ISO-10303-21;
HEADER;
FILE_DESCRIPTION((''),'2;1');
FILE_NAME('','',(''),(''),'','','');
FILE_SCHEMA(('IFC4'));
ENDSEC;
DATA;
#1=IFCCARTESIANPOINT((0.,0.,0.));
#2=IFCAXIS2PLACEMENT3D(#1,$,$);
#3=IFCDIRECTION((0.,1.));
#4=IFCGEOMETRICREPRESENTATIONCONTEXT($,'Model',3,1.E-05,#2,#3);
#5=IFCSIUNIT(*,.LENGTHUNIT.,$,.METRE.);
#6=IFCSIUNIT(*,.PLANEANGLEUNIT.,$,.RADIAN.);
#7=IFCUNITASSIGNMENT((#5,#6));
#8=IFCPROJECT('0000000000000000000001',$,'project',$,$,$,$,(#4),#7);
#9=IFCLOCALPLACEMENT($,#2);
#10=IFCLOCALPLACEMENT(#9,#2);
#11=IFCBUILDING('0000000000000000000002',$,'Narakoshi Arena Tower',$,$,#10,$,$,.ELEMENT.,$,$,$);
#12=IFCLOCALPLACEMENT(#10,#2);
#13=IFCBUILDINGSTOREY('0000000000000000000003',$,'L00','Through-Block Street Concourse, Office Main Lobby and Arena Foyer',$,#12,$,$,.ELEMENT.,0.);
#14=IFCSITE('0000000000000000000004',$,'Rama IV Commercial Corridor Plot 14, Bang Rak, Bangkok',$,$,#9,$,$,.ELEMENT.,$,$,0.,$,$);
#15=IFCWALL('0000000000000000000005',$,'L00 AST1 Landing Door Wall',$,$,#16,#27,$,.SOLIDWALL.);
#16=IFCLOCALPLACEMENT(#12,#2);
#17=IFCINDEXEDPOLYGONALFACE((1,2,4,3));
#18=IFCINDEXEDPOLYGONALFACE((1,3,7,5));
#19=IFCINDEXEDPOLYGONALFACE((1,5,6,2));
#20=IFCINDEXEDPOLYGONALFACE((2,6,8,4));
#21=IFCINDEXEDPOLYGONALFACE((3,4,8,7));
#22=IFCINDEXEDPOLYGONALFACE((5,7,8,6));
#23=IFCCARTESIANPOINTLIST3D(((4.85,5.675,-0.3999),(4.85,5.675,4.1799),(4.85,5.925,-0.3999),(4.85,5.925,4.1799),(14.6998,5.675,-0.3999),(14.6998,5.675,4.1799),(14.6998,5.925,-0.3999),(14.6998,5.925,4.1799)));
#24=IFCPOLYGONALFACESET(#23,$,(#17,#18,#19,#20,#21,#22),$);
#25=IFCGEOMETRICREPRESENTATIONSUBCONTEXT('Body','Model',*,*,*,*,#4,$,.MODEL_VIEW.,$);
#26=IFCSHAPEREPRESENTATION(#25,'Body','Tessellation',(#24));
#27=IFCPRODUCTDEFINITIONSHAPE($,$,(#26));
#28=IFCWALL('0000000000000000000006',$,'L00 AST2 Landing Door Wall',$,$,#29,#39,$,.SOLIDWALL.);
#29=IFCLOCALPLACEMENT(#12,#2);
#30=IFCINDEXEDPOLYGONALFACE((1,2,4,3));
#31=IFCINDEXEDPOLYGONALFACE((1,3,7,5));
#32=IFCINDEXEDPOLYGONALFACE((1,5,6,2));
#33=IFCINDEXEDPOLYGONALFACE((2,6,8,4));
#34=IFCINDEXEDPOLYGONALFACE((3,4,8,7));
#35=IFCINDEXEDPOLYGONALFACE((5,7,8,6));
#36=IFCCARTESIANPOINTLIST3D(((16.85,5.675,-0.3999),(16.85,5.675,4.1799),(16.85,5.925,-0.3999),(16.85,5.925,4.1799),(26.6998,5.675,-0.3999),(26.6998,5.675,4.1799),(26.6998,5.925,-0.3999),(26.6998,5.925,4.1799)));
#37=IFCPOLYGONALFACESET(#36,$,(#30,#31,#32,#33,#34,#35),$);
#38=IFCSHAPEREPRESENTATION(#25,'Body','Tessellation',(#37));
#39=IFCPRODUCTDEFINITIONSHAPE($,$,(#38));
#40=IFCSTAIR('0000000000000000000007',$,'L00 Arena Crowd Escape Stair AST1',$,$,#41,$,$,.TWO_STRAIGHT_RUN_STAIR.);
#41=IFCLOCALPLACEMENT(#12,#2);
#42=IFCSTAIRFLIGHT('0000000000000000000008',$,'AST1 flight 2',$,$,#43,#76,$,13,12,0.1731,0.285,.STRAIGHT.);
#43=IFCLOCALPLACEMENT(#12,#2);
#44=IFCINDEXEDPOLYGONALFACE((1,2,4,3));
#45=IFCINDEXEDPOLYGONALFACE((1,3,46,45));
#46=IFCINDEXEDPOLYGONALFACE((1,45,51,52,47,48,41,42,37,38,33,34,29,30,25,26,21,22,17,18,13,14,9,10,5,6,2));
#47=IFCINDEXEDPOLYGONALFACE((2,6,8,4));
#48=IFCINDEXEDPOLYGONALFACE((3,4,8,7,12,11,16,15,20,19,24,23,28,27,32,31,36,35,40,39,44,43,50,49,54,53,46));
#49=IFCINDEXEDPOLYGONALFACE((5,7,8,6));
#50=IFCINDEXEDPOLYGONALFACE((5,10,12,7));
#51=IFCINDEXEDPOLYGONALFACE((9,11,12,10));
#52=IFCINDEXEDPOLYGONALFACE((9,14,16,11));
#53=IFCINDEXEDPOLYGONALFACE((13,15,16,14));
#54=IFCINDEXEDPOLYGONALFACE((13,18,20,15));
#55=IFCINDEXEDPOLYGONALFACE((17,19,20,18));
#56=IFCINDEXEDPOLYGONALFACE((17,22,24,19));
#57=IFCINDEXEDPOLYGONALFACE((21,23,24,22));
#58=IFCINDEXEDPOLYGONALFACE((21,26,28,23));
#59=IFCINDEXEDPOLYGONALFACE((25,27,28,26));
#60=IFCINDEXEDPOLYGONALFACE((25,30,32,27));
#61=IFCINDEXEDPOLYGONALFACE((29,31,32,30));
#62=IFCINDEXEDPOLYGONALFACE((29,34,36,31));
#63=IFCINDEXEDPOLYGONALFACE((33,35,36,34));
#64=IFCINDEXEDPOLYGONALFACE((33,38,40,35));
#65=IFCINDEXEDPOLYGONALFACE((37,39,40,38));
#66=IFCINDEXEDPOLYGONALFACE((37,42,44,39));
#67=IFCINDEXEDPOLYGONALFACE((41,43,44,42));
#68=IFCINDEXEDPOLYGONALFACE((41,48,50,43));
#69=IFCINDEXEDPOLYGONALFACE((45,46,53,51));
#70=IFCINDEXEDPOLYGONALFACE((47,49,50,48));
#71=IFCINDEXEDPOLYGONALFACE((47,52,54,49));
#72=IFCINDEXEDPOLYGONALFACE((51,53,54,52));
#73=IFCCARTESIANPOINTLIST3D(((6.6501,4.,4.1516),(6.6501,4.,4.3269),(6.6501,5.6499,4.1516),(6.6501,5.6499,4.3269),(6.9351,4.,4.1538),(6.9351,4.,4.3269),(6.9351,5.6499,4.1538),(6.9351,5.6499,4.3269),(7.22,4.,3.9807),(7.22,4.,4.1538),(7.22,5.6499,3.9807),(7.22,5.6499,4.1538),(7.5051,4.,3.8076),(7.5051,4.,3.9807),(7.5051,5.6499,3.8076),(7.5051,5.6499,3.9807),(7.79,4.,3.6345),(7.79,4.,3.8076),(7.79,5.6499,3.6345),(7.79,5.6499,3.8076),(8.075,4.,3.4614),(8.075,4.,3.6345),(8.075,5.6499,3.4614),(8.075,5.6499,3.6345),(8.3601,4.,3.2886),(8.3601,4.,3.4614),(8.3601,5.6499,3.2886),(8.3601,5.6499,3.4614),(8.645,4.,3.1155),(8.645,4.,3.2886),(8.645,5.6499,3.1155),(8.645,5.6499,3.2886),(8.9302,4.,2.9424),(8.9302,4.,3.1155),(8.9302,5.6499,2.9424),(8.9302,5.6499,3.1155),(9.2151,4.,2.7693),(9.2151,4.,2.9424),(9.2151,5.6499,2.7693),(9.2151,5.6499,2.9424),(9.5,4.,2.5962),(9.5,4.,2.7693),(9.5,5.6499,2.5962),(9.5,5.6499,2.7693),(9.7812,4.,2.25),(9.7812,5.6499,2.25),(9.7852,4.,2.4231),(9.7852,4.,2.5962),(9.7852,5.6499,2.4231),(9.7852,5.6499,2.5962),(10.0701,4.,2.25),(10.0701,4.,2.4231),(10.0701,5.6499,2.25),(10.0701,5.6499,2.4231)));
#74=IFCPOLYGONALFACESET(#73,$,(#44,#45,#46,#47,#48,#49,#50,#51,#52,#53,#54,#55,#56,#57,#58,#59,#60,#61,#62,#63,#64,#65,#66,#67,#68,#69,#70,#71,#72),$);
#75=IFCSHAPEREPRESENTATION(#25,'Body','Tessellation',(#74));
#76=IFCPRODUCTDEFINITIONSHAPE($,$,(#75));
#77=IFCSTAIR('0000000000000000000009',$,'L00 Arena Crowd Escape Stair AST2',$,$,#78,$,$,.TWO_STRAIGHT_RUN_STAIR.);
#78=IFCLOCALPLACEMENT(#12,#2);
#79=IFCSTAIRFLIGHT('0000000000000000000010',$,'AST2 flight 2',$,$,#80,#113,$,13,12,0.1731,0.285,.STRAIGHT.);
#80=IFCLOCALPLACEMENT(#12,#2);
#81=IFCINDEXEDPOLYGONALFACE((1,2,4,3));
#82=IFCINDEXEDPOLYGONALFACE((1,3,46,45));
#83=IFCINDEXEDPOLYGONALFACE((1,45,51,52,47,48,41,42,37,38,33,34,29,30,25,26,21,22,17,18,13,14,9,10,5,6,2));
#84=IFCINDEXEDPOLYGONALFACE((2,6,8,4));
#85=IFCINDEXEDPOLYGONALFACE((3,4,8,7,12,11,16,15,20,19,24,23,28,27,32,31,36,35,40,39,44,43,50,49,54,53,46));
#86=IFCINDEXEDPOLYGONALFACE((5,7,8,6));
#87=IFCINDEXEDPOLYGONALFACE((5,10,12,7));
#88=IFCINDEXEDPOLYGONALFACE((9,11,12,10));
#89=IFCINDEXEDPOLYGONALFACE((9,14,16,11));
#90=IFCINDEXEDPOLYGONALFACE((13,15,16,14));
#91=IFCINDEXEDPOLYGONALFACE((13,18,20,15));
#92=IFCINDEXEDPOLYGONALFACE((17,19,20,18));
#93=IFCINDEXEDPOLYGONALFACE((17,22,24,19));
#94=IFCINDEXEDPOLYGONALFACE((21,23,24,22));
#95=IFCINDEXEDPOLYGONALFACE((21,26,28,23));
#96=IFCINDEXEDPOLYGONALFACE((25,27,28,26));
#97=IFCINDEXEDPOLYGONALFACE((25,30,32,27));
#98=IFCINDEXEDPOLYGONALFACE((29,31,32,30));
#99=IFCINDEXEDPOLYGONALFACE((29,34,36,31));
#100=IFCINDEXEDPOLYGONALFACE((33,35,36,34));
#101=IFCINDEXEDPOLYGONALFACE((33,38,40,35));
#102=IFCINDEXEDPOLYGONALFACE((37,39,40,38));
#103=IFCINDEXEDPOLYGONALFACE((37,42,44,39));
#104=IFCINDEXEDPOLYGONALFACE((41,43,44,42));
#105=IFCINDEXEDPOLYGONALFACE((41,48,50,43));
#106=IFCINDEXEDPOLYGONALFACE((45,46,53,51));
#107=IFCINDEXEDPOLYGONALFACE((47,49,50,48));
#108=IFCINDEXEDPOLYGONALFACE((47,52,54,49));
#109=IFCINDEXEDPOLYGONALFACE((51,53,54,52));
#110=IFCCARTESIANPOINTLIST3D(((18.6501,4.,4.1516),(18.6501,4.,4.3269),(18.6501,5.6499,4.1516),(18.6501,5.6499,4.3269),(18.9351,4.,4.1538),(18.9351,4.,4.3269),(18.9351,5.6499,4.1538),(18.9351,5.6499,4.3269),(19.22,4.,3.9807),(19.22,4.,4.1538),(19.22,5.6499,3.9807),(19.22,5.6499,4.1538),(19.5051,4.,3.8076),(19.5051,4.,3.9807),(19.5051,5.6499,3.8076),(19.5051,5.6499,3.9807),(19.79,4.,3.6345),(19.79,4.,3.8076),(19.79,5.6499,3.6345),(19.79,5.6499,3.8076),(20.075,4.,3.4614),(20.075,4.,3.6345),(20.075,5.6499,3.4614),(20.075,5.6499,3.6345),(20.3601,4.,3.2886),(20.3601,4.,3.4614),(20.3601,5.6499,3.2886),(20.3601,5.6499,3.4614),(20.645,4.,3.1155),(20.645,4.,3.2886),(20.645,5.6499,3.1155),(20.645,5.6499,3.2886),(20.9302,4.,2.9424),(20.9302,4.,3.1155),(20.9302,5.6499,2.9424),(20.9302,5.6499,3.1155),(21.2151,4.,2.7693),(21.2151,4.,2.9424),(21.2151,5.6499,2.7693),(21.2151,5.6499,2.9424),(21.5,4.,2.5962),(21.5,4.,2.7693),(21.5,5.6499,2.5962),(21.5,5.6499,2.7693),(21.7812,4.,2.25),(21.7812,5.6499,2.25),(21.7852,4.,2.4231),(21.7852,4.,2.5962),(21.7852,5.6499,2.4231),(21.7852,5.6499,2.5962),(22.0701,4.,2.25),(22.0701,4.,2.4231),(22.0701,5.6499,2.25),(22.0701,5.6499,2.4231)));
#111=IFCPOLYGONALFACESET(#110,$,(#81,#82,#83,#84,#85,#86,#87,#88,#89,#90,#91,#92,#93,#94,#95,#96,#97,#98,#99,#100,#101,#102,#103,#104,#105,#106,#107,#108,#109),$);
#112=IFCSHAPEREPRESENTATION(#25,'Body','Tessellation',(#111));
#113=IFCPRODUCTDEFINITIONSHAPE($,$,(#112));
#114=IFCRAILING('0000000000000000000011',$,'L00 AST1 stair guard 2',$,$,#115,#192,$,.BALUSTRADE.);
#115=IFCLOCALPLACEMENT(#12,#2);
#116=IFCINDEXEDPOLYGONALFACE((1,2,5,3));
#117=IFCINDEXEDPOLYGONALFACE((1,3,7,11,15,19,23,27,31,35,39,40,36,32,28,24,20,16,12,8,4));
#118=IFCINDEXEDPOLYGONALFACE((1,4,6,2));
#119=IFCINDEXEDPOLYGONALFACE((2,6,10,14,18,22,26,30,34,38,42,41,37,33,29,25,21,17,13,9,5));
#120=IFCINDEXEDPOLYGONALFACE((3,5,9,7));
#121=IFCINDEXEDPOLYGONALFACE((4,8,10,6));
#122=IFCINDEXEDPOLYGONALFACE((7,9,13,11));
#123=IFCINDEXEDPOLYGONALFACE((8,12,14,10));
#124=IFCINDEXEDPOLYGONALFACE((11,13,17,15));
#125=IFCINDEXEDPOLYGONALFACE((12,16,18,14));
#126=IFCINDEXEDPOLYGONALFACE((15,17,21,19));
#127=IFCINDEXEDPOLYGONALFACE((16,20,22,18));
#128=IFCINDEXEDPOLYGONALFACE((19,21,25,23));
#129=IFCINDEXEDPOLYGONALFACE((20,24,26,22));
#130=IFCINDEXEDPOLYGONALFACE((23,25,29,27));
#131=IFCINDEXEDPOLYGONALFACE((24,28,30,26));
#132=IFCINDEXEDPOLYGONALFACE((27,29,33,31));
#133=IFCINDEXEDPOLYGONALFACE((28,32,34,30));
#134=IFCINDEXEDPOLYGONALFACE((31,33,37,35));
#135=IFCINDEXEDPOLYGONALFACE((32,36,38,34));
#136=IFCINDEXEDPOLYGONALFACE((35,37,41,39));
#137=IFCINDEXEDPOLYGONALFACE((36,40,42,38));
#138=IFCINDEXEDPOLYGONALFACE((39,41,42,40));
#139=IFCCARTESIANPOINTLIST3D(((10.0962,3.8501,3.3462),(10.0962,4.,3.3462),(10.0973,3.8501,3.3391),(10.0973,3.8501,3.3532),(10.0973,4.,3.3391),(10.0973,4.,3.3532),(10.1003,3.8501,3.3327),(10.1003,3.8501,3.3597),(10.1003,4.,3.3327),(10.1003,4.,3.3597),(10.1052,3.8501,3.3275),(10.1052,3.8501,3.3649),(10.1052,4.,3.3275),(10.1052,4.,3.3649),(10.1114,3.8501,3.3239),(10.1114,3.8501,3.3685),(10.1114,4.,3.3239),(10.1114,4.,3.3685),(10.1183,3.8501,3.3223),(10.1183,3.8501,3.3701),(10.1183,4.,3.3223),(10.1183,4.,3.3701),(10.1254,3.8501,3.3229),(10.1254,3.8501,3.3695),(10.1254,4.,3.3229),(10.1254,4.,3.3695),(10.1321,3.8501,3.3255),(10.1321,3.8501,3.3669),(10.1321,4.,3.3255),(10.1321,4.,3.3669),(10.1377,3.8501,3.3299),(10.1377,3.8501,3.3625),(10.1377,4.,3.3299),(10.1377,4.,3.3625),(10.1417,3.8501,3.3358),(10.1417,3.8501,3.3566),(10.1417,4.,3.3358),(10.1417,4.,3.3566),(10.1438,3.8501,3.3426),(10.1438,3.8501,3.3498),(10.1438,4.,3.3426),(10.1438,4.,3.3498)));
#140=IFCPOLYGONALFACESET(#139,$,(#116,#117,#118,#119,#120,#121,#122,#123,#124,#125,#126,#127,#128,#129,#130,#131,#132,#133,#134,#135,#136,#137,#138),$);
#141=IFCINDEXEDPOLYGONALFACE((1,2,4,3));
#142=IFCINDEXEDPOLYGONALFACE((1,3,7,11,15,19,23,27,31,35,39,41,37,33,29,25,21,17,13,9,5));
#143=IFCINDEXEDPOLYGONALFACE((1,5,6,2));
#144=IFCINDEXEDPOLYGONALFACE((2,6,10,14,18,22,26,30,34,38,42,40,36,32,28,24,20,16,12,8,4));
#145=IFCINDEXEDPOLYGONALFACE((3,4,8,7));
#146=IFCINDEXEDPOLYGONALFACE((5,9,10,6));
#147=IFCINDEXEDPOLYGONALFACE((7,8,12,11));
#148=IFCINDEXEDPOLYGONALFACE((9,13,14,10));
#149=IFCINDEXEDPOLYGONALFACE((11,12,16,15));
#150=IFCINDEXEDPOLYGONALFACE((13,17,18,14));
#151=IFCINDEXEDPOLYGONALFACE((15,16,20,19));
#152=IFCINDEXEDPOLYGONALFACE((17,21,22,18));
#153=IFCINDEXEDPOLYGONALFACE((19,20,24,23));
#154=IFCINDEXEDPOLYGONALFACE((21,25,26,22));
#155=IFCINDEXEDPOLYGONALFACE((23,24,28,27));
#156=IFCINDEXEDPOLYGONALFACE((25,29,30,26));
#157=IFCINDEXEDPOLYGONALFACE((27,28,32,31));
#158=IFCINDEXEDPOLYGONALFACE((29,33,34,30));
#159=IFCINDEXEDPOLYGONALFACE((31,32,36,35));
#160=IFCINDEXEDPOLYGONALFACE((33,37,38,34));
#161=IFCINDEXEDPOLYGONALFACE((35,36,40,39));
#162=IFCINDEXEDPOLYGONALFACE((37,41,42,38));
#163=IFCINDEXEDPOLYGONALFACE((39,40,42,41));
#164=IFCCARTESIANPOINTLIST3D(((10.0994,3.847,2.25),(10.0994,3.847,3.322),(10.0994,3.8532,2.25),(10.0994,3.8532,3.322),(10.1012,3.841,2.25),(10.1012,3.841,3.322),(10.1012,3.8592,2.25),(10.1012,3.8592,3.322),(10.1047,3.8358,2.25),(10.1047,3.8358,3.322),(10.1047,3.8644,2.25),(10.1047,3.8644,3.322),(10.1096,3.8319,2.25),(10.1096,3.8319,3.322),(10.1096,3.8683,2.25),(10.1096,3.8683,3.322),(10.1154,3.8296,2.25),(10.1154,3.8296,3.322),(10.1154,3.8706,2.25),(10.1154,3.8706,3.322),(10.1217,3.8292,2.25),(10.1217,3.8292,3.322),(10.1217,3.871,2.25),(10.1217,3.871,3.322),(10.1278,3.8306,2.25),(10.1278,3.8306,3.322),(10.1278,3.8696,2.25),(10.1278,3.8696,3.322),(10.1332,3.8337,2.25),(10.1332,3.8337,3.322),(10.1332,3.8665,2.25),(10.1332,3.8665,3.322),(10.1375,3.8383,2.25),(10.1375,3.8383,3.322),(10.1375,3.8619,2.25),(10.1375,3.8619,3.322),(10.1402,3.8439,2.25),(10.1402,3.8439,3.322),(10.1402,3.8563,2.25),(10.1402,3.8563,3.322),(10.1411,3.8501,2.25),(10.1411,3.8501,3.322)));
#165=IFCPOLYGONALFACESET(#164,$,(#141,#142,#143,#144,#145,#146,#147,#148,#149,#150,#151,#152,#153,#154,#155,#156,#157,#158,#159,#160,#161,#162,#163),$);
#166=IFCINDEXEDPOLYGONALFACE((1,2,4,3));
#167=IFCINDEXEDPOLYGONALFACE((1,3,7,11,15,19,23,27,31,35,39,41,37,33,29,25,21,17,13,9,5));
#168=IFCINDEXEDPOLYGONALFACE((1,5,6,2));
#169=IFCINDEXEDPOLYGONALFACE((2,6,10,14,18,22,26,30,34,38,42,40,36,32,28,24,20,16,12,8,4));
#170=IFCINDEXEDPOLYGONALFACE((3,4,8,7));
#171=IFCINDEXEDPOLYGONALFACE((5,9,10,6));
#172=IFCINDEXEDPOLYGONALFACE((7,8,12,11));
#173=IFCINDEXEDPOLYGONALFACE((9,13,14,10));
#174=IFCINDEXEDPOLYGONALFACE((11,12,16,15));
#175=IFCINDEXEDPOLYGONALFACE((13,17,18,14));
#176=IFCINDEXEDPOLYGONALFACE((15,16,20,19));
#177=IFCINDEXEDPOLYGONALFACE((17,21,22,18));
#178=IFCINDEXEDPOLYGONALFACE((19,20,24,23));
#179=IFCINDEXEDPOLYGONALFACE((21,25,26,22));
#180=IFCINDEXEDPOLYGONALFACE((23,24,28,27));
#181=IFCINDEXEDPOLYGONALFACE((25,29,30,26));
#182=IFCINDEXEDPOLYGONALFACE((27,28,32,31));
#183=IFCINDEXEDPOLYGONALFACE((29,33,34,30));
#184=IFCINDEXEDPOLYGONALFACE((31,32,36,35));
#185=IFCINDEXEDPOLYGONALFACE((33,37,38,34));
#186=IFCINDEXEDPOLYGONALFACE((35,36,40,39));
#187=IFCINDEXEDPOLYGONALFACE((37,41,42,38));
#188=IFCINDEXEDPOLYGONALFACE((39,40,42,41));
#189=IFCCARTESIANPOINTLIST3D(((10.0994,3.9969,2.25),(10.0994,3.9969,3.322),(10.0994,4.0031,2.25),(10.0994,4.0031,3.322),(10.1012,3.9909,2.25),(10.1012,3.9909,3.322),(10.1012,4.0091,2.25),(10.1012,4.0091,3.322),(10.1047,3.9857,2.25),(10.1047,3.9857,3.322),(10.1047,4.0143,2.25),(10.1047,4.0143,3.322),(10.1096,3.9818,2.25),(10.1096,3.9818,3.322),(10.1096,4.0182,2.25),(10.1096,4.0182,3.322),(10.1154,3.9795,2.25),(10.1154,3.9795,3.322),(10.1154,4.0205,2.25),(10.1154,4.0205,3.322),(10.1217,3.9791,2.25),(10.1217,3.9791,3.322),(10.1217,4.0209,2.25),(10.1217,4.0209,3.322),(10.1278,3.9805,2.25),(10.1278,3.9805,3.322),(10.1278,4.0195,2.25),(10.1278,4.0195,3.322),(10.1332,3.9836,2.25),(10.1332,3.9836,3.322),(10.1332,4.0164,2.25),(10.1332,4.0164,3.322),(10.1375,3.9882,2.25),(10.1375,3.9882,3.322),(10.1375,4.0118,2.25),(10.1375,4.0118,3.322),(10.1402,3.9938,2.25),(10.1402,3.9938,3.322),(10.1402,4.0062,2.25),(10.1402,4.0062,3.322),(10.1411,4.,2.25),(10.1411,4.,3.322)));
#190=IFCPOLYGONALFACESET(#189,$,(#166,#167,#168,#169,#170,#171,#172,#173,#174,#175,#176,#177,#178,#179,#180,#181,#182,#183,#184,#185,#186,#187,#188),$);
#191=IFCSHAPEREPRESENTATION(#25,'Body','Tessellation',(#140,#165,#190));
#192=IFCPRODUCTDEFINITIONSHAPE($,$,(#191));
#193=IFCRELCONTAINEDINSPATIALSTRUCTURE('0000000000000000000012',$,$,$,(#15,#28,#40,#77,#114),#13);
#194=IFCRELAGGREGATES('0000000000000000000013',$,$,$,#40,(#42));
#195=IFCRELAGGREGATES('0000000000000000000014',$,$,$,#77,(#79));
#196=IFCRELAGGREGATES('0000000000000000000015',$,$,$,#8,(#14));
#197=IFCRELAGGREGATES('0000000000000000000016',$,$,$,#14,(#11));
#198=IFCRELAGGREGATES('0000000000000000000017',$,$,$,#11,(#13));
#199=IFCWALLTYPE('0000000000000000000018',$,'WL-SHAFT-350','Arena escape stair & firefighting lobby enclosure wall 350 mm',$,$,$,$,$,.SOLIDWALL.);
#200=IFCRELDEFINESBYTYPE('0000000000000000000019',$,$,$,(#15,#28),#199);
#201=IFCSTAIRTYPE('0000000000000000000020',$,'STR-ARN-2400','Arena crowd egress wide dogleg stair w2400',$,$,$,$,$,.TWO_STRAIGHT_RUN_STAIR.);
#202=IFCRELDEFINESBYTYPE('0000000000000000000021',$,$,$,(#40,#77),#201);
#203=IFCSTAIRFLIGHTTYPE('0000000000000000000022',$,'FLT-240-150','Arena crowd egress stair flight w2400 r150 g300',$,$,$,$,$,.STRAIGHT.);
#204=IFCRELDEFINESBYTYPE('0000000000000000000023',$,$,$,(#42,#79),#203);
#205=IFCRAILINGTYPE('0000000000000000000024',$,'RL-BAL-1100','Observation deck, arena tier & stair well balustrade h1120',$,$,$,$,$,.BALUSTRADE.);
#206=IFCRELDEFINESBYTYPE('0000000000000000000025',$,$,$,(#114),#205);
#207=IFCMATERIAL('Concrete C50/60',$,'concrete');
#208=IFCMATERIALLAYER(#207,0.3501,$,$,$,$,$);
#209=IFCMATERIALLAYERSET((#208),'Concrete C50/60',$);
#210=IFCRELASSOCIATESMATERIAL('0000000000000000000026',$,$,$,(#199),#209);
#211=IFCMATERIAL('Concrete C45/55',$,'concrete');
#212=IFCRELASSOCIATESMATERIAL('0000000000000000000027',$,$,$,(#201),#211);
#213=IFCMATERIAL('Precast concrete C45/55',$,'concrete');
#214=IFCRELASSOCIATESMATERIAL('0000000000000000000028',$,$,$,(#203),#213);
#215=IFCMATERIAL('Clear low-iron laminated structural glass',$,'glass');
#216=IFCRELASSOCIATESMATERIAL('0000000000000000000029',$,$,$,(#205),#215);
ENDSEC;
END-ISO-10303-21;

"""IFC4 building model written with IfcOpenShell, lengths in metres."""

from ifc_helpers import new_model, si_unit, direction, frame, frame_2d, origin, origin_2d, place, context, subcontext, project, spatial, polyline, rectangle, circle, outline, extrude, material, layer, layer_set, type_object, element, aggregate, save


model = new_model("IFC4")

# Units and contexts
model_context = context("Model", 3, precision=1e-05, world=origin(), true_north=direction((0.0, 1.0)))
body_context = subcontext(model_context, "Body", "Model", "MODEL_VIEW")
ifc_project = project(units=[si_unit("LENGTHUNIT", "METRE"), si_unit("PLANEANGLEUNIT", "RADIAN")], contexts=[model_context])

# Site, building, storey
site_placement = place(None, origin())
site = spatial("IfcSite", under=ifc_project, at=site_placement, Name="Rama IV Commercial Corridor Plot 14, Bang Rak, Bangkok", CompositionType="ELEMENT", RefElevation=0.0)
building_placement = place(site_placement, origin())
building = spatial("IfcBuilding", under=site, at=building_placement, Name="Narakoshi Arena Tower", CompositionType="ELEMENT")
storey_placement = place(building_placement, origin())
storey = spatial("IfcBuildingStorey", under=building, at=storey_placement, Name="L00", Description="Through-Block Street Concourse, Office Main Lobby and Arena Foyer", CompositionType="ELEMENT", Elevation=0.0)

# Walls
ifc_material_1 = material(Name="Concrete C50/60", Category="concrete")
ifc_layer = layer(ifc_material_1, 0.3501)
ifc_layer_set = layer_set([ifc_layer], Name="Concrete C50/60")
wall_type = type_object("IfcWallType", Name="WL-SHAFT-350", Description="Arena escape stair & firefighting lobby enclosure wall 350 mm", PredefinedType="SOLIDWALL", material=ifc_layer_set)
for number, where, z_axis, x_axis, name in (
    (1, (4.8501, 5.8, -0.3999), (0.0, 0.0, 1.0), (1.0, 0.0, 0.0), "L00 AST1 Landing Door Wall"),
    (2, (16.8501, 5.8, -0.3999), (0.0, 0.0, 1.0), (1.0, 0.0, 0.0), "L00 AST2 Landing Door Wall"),
):
    element("IfcWall", number, at=place(storey_placement, frame(where, z_axis=z_axis, x_axis=x_axis)), inside=storey, type_object=wall_type, Name=name, PredefinedType="SOLIDWALL", context=body_context, shape_type="SweptSolid", body=[
        extrude(rectangle(XDim=9.8499, YDim=0.25, at=frame_2d((4.9248, 0.0))), origin(), (0.0, 0.0, 1.0), 4.5798),
    ])

# Stairs, stair flights
ifc_material_2 = material(Name="Concrete C45/55", Category="concrete")
stair_type = type_object("IfcStairType", Name="STR-ARN-2400", Description="Arena crowd egress wide dogleg stair w2400", PredefinedType="TWO_STRAIGHT_RUN_STAIR", material=ifc_material_2)
stair_1_placement = place(storey_placement, origin())
stair_1 = element("IfcStair", 3, at=stair_1_placement, inside=storey, type_object=stair_type, Name="L00 Arena Crowd Escape Stair AST1", PredefinedType="TWO_STRAIGHT_RUN_STAIR")
ifc_material_3 = material(Name="Precast concrete C45/55", Category="concrete")
stair_flight_type = type_object("IfcStairFlightType", Name="FLT-240-150", Description="Arena crowd egress stair flight w2400 r150 g300", PredefinedType="STRAIGHT", material=ifc_material_3)
stair_flight_1_placement = place(storey_placement, frame((10.0701, 4.825, 2.25), z_axis=(0.0, 0.0, 1.0), x_axis=(-1.0, 0.0, 0.0)))
stair_flight_1 = element("IfcStairFlight", 4, at=stair_flight_1_placement, type_object=stair_flight_type, Name="AST1 flight 2", NumberOfRisers=13, NumberOfTreads=12, PredefinedType="STRAIGHT", RiserHeight=0.1731, TreadLength=0.285, context=body_context, shape_type="SweptSolid", body=[
    extrude(outline(polyline([(0.0, 0.0), (0.0, 0.1731), (0.2849, 0.1731), (0.2849, 0.3462), (0.5701, 0.3462), (0.5701, 0.5193), (0.855, 0.5193), (0.855, 0.6924), (1.1399, 0.6924), (1.1399, 0.8655), (1.425, 0.8655), (1.425, 1.0386), (1.71, 1.0386), (1.71, 1.2114), (1.9951, 1.2114), (1.9951, 1.3845), (2.28, 1.3845), (2.28, 1.5576), (2.5649, 1.5576), (2.5649, 1.7307), (2.8501, 1.7307), (2.8501, 1.9038), (3.135, 1.9038), (3.135, 2.0769), (3.4199, 2.0769), (3.4199, 2.25), (3.4199, 1.9016), (0.2888, 0.0), (0.0, 0.0)])), frame((0.0, 0.825, 0.0), z_axis=(0.0, -1.0, 0.0), x_axis=(1.0, 0.0, 0.0)), (0.0, 0.0, 1.0), 1.6499),
])
aggregate(stair_1, [stair_flight_1])
stair_2_placement = place(storey_placement, origin())
stair_2 = element("IfcStair", 5, at=stair_2_placement, inside=storey, type_object=stair_type, Name="L00 Arena Crowd Escape Stair AST2", PredefinedType="TWO_STRAIGHT_RUN_STAIR")
stair_flight_2_placement = place(storey_placement, frame((22.0701, 4.825, 2.25), z_axis=(0.0, 0.0, 1.0), x_axis=(-1.0, 0.0, 0.0)))
stair_flight_2 = element("IfcStairFlight", 6, at=stair_flight_2_placement, type_object=stair_flight_type, Name="AST2 flight 2", NumberOfRisers=13, NumberOfTreads=12, PredefinedType="STRAIGHT", RiserHeight=0.1731, TreadLength=0.285, context=body_context, shape_type="SweptSolid", body=[
    extrude(outline(polyline([(0.0, 0.0), (0.0, 0.1731), (0.2849, 0.1731), (0.2849, 0.3462), (0.5701, 0.3462), (0.5701, 0.5193), (0.855, 0.5193), (0.855, 0.6924), (1.1399, 0.6924), (1.1399, 0.8655), (1.425, 0.8655), (1.425, 1.0386), (1.71, 1.0386), (1.71, 1.2114), (1.9951, 1.2114), (1.9951, 1.3845), (2.28, 1.3845), (2.28, 1.5576), (2.5649, 1.5576), (2.5649, 1.7307), (2.8501, 1.7307), (2.8501, 1.9038), (3.135, 1.9038), (3.135, 2.0769), (3.4199, 2.0769), (3.4199, 2.25), (3.4199, 1.9016), (0.2888, 0.0), (0.0, 0.0)])), frame((0.0, 0.825, 0.0), z_axis=(0.0, -1.0, 0.0), x_axis=(1.0, 0.0, 0.0)), (0.0, 0.0, 1.0), 1.6499),
])
aggregate(stair_2, [stair_flight_2])

# Railing
ifc_material_4 = material(Name="Clear low-iron laminated structural glass", Category="glass")
railing_type_1 = type_object("IfcRailingType", Name="RL-BAL-1100", Description="Observation deck, arena tier & stair well balustrade h1120", PredefinedType="BALUSTRADE", material=ifc_material_4)
railing_1_placement = place(storey_placement, frame((10.1201, 3.8501, 2.25)))
element("IfcRailing", 7, at=railing_1_placement, inside=storey, type_object=railing_type_1, Name="L00 AST1 stair guard 2", PredefinedType="BALUSTRADE", context=body_context, shape_type="SweptSolid", body=[
    extrude(circle(Radius=0.0239, at=origin_2d()), frame((0.0, 0.0, 1.0962), z_axis=(0.0, 1.0, 0.0), x_axis=(-1.0, 0.0, 0.0)), (0.0, 0.0, 1.0), 0.1499),
    extrude(circle(Radius=0.021, at=origin_2d()), origin(), (0.0, 0.0, 1.0), 1.072),
    extrude(circle(Radius=0.021, at=origin_2d()), frame((0.0, 0.1499, 0.0)), (0.0, 0.0, 1.0), 1.072),
])

save(model, "model.ifc")
